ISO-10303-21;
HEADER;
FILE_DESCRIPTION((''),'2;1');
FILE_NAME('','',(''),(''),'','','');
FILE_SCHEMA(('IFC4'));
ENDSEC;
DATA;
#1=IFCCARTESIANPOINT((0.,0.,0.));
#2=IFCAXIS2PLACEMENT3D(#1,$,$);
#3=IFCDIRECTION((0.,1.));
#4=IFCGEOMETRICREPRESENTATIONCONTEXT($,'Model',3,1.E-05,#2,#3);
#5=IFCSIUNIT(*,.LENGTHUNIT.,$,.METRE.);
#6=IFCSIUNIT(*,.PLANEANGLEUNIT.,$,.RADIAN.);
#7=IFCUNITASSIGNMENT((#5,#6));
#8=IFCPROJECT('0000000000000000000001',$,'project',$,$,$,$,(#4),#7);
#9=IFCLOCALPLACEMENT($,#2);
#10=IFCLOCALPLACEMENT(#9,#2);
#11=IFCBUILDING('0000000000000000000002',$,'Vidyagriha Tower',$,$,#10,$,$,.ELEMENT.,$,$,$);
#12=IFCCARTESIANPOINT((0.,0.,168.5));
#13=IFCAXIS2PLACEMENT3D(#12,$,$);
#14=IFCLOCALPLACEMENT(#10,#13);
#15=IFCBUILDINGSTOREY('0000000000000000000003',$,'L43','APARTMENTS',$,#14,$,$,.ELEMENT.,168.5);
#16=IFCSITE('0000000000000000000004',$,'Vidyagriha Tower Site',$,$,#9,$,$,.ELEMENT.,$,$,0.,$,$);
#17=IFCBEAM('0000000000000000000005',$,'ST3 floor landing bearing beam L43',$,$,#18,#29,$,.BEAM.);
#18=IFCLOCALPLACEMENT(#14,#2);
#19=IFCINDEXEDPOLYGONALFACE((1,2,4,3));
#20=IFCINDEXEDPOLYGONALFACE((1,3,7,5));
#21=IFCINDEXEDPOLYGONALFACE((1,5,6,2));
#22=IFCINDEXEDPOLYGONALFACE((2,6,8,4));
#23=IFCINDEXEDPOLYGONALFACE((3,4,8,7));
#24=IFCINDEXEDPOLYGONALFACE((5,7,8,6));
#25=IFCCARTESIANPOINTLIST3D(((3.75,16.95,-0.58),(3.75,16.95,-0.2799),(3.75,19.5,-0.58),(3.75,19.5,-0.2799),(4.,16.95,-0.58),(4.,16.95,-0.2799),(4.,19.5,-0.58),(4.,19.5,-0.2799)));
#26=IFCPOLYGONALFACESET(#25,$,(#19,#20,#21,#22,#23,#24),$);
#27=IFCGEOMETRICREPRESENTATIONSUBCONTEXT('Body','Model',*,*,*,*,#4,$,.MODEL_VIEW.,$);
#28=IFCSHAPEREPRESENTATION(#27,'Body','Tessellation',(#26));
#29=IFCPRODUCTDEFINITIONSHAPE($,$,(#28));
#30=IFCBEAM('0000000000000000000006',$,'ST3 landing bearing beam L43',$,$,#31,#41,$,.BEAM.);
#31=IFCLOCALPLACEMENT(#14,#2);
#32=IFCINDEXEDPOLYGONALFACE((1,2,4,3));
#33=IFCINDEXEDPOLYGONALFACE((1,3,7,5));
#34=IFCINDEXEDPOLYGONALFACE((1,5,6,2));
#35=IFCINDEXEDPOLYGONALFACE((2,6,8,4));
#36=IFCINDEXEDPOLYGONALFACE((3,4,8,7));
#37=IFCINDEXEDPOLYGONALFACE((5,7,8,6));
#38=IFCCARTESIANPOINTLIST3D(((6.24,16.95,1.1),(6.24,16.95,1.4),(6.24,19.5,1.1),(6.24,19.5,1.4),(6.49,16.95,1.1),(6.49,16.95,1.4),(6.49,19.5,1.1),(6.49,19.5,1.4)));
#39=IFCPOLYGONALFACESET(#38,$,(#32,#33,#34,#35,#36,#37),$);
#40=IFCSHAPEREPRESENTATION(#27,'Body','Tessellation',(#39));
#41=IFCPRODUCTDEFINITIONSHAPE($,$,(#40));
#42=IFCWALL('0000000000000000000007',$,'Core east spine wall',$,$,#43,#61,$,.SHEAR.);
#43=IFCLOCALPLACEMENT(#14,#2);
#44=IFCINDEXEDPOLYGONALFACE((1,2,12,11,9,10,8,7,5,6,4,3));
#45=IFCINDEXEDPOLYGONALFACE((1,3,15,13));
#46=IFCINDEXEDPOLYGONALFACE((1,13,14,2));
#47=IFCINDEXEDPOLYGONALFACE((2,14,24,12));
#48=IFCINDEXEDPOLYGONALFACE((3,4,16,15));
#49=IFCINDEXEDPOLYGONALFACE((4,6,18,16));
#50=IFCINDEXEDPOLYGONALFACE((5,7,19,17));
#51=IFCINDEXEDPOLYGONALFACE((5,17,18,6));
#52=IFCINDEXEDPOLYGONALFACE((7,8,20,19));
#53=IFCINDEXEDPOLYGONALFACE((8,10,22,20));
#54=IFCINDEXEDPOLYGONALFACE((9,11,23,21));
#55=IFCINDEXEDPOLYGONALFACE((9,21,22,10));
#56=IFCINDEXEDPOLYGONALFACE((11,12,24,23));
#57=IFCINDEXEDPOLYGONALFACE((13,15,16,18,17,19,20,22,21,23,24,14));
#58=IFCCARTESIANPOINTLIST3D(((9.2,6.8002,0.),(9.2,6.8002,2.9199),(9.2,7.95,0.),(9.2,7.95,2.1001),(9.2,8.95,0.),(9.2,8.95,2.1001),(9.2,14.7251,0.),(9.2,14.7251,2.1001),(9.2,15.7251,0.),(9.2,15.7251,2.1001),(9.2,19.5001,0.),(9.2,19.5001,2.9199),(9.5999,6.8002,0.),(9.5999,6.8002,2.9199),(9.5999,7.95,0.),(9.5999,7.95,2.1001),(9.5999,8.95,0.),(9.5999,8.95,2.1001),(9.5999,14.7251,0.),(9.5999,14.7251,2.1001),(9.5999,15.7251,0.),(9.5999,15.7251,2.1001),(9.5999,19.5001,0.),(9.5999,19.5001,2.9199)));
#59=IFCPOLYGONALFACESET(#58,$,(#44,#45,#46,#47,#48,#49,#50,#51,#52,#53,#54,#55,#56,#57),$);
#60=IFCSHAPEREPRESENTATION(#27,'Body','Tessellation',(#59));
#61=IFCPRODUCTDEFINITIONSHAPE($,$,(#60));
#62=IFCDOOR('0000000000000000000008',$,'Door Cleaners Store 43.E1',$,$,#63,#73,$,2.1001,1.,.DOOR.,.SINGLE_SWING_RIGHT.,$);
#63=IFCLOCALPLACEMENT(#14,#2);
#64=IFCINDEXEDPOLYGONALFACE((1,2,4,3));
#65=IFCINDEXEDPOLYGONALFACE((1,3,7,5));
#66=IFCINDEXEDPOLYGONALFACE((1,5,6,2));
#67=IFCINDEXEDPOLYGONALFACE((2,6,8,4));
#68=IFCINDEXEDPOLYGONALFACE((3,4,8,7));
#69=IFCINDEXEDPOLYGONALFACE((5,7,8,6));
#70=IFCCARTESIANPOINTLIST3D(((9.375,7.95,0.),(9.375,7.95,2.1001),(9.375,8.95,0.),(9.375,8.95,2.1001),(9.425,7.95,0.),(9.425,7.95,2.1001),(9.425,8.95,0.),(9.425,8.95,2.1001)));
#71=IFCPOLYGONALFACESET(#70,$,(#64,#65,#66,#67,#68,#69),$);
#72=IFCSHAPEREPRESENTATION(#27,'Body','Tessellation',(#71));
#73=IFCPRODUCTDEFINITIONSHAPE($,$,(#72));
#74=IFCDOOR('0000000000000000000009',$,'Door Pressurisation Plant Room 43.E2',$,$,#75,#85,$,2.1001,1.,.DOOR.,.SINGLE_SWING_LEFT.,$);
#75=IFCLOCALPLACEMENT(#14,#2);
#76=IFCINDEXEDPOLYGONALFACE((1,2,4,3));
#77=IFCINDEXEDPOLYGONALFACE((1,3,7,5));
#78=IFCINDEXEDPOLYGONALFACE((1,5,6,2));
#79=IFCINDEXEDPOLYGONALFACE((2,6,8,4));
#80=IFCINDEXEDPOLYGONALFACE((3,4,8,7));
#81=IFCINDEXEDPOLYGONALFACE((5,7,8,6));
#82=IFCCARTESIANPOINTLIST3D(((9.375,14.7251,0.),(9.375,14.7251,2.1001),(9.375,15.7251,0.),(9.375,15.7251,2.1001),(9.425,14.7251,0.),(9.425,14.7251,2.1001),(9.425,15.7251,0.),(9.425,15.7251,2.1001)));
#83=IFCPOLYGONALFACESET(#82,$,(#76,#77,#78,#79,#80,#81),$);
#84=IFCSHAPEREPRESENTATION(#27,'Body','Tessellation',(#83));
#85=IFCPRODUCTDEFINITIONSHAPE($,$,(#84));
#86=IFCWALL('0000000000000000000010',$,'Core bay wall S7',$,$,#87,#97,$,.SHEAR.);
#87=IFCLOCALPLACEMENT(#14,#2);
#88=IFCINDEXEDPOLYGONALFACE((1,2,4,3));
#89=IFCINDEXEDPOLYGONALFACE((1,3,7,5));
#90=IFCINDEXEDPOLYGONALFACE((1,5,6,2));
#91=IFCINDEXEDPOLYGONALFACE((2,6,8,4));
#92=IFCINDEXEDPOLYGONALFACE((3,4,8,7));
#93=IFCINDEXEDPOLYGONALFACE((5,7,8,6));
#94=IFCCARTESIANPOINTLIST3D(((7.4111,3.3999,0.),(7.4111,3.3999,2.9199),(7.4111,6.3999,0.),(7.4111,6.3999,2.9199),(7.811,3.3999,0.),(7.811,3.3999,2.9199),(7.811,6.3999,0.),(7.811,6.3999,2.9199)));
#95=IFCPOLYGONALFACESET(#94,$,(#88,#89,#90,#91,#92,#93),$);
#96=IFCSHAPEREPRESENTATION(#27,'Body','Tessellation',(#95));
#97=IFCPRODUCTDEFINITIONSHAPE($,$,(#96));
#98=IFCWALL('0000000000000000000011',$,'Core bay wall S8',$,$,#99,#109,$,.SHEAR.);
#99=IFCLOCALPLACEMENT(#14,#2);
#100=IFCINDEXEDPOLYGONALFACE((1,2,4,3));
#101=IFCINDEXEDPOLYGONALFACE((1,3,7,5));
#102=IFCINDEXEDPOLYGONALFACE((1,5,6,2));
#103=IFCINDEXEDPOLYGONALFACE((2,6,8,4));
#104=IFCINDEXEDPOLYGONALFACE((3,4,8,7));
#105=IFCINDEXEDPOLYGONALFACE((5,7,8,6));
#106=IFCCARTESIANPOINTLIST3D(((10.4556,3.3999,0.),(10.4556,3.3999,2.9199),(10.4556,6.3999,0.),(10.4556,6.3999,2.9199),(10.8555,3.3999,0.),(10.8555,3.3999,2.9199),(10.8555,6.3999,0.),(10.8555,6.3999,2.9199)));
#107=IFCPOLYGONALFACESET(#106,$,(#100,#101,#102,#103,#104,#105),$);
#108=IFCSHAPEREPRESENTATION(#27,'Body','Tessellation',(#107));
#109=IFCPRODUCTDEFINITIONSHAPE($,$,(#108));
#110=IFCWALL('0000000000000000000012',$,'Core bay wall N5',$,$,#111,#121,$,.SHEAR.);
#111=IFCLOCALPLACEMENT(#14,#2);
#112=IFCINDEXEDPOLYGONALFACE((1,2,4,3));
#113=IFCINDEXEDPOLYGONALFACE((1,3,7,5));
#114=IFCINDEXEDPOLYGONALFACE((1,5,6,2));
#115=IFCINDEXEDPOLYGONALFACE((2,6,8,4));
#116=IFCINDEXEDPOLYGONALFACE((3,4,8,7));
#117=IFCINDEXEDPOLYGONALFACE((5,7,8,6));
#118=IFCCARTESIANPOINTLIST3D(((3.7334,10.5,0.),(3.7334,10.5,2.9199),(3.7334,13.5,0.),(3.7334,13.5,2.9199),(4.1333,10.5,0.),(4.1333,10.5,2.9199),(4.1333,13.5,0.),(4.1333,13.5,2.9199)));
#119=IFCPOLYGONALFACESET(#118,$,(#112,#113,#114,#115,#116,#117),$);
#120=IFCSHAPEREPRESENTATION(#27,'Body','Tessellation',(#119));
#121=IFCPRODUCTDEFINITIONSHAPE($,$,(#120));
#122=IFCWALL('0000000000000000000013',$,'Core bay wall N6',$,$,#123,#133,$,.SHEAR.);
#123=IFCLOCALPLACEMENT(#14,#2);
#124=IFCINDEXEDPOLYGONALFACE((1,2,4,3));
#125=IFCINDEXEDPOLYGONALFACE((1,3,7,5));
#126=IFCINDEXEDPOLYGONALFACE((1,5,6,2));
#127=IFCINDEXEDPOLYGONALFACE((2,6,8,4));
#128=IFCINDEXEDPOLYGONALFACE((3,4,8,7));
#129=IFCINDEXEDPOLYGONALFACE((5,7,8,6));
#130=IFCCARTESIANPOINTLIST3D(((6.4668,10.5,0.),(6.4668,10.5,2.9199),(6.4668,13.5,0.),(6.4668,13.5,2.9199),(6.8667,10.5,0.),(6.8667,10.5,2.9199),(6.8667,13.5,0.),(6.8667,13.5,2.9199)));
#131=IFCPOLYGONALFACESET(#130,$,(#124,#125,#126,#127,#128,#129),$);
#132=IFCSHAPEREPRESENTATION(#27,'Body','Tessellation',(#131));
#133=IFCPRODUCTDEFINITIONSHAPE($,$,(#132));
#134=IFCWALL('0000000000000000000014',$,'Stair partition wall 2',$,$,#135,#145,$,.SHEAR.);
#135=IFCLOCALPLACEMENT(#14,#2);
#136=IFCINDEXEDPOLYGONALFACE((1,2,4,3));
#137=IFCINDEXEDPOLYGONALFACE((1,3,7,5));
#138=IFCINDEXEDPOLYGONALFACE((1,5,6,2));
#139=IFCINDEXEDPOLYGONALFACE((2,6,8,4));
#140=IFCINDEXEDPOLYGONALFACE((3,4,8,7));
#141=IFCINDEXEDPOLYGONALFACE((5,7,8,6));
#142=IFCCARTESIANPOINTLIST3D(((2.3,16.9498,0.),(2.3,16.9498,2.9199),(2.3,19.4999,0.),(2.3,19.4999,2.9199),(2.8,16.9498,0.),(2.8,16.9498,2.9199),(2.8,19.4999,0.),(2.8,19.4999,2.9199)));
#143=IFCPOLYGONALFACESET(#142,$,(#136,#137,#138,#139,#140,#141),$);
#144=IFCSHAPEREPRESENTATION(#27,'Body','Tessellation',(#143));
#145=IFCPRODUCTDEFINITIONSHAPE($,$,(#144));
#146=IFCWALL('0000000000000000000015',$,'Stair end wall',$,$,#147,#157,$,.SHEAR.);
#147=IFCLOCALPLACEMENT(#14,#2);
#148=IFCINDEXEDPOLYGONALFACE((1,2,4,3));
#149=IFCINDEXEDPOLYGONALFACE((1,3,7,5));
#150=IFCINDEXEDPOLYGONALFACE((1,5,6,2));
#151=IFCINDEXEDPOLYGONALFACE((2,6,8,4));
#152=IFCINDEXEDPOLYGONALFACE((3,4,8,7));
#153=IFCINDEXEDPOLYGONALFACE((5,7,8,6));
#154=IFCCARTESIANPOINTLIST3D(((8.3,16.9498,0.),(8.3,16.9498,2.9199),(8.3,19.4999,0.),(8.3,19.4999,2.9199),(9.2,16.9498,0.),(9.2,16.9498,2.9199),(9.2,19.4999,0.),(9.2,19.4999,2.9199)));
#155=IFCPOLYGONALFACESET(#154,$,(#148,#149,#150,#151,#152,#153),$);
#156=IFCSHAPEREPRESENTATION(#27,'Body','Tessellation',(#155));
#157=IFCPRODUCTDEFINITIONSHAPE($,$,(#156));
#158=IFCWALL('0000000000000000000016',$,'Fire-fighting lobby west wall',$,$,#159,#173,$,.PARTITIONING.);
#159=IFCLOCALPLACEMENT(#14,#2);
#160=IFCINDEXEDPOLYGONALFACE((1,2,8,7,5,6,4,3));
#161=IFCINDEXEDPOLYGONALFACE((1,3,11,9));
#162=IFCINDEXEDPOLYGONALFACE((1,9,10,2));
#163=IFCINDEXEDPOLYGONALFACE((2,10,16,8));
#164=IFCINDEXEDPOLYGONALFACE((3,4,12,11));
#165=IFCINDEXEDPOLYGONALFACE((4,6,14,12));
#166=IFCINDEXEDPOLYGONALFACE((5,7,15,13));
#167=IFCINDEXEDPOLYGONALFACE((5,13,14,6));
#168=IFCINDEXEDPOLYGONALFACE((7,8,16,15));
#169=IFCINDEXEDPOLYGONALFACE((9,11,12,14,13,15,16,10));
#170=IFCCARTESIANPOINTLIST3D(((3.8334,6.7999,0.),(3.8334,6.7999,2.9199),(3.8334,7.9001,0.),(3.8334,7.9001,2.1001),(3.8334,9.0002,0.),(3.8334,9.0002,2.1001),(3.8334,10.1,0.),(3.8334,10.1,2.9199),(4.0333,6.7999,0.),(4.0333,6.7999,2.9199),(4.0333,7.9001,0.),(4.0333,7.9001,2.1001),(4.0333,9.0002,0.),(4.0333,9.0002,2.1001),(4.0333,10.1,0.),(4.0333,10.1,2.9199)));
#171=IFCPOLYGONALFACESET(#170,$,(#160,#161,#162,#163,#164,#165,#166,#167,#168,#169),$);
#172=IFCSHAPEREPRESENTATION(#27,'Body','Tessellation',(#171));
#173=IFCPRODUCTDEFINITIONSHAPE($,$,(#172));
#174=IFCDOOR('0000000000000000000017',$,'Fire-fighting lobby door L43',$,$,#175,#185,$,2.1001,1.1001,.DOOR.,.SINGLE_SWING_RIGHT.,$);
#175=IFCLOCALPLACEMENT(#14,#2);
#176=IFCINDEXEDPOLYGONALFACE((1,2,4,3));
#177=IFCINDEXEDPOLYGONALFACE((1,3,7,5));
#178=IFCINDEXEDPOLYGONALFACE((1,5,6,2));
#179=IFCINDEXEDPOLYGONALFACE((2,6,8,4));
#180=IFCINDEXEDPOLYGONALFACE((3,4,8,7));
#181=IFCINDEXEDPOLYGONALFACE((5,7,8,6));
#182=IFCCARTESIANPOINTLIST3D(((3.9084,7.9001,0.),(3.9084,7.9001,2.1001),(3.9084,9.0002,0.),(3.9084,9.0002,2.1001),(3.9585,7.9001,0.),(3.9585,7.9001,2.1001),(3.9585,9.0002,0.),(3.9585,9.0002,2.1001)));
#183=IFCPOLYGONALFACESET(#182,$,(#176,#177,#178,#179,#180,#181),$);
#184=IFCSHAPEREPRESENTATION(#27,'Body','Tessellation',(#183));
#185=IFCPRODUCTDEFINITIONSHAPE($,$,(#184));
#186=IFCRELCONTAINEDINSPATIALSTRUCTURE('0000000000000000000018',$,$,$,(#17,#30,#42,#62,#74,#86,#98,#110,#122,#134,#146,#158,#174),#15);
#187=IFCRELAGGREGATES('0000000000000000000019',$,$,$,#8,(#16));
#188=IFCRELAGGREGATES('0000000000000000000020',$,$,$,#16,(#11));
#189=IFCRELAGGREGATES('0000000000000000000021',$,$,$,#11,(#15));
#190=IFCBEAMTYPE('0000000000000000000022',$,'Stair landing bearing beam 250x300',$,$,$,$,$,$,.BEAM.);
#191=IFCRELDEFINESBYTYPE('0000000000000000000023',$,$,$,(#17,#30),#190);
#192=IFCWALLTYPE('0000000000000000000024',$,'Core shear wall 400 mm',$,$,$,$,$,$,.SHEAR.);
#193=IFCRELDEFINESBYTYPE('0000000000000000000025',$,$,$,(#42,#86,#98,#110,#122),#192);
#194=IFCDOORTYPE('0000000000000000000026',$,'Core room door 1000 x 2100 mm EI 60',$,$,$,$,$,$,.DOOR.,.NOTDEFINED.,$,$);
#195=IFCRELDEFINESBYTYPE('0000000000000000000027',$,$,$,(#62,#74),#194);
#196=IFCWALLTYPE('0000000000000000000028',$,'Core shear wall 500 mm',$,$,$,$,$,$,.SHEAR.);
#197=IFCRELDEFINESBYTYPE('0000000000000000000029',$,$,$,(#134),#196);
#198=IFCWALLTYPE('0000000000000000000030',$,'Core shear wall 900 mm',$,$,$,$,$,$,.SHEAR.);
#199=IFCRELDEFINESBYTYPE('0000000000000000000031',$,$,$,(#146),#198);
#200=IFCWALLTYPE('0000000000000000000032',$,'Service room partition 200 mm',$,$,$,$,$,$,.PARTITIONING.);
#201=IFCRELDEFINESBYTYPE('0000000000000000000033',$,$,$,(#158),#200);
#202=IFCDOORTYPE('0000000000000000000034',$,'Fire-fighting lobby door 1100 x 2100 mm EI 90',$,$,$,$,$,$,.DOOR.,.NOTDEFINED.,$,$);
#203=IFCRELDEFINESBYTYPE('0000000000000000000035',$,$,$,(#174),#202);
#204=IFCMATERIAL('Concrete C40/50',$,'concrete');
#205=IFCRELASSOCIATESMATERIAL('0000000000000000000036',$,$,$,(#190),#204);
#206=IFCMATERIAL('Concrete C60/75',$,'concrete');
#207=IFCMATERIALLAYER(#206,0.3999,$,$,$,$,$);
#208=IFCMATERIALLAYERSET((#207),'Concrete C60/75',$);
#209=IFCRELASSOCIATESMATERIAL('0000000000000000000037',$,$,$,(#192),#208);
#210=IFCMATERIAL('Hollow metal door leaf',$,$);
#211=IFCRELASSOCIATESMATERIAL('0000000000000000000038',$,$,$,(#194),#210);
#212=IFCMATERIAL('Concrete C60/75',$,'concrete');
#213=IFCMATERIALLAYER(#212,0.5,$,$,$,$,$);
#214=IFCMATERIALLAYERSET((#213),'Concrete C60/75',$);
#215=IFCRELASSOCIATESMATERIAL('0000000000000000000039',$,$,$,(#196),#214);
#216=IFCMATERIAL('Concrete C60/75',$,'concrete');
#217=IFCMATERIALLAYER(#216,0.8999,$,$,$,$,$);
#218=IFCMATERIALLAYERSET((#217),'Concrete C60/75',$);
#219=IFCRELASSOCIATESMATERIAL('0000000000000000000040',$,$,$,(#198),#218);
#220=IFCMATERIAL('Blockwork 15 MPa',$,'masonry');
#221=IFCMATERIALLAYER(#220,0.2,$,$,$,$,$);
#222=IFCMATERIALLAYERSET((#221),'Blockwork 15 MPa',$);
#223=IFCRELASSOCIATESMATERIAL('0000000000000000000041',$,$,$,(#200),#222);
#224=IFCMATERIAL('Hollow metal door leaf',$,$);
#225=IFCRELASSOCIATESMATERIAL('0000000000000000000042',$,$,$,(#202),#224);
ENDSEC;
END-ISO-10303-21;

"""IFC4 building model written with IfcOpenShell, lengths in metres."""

from ifc_helpers import new_model, si_unit, direction, frame, frame_2d, origin, origin_2d, place, context, subcontext, project, spatial, rectangle, extrude, material, layer, layer_set, material_profile, profile_set, type_object, element, fill, save


model = new_model("IFC4")

# Units and contexts
model_context = context("Model", 3, precision=1e-05, world=origin(), true_north=direction((0.0, 1.0)))
body_context = subcontext(model_context, "Body", "Model", "MODEL_VIEW")
ifc_project = project(units=[si_unit("LENGTHUNIT", "METRE"), si_unit("PLANEANGLEUNIT", "RADIAN")], contexts=[model_context])

# Site, building, storey
site_placement = place(None, origin())
site = spatial("IfcSite", under=ifc_project, at=site_placement, Name="Vidyagriha Tower Site", CompositionType="ELEMENT", RefElevation=0.0)
building_placement = place(site_placement, origin())
building = spatial("IfcBuilding", under=site, at=building_placement, Name="Vidyagriha Tower", CompositionType="ELEMENT")
storey_placement = place(building_placement, frame((0.0, 0.0, 168.5)))
storey = spatial("IfcBuildingStorey", under=building, at=storey_placement, Name="L43", Description="APARTMENTS", CompositionType="ELEMENT", Elevation=168.5)

# Beams
ifc_material_1 = material(Name="Concrete C40/50", Category="concrete")
ifc_material_profile = material_profile(ifc_material_1, rectangle(XDim=0.25, YDim=0.3, at=origin_2d()), Name="Stair landing bearing beam 250x300")
ifc_profile_set = profile_set([ifc_material_profile], Name="Concrete C40/50")
beam_type = type_object("IfcBeamType", Name="Stair landing bearing beam 250x300", PredefinedType="BEAM", material=ifc_profile_set)
for number, where, z_axis, x_axis, name in (
    (1, (3.875, 16.95, -0.4299), (0.0, 1.0, 0.0), (-1.0, 0.0, 0.0), "ST3 floor landing bearing beam L43"),
    (2, (6.365, 16.95, 1.25), (0.0, 1.0, 0.0), (-1.0, 0.0, 0.0), "ST3 landing bearing beam L43"),
):
    element("IfcBeam", number, at=place(storey_placement, frame(where, z_axis=z_axis, x_axis=x_axis)), inside=storey, type_object=beam_type, Name=name, PredefinedType="BEAM", context=body_context, shape_type="SweptSolid", body=[
        extrude(rectangle(XDim=0.25, YDim=0.3, at=origin_2d()), origin(), (0.0, 0.0, 1.0), 2.55),
    ])

# Wall, openings, doors
ifc_material_2 = material(Name="Concrete C60/75", Category="concrete")
ifc_layer_1 = layer(ifc_material_2, 0.3999)
ifc_layer_set_1 = layer_set([ifc_layer_1], Name="Concrete C60/75")
wall_type_1 = type_object("IfcWallType", Name="Core shear wall 400 mm", PredefinedType="SHEAR", material=ifc_layer_set_1)
wall_1_placement = place(storey_placement, frame((9.3999, 6.8, 0.0), z_axis=(0.0, 0.0, 1.0), x_axis=(0.0, 1.0, 0.0)))
wall_1 = element("IfcWall", 3, at=wall_1_placement, inside=storey, type_object=wall_type_1, Name="Core east spine wall", PredefinedType="SHEAR", context=body_context, shape_type="SweptSolid", body=[
    extrude(rectangle(XDim=12.7, YDim=0.3999, at=frame_2d((6.3501, 0.0))), origin(), (0.0, 0.0, 1.0), 2.9199),
])
opening_1_placement = place(wall_1_placement, frame((1.1499, 0.0, 0.0)))
opening_1 = element("IfcOpeningElement", 4, at=opening_1_placement, cuts=wall_1, PredefinedType="OPENING", context=body_context, shape_type="SweptSolid", body=[
    extrude(rectangle(XDim=1.0, YDim=2.1001, at=frame_2d((0.5, 1.05))), frame((0.0, 0.21, 0.0), z_axis=(0.0, -1.0, 0.0), x_axis=(1.0, 0.0, 0.0)), (0.0, 0.0, 1.0), 0.4199),
])
opening_2_placement = place(wall_1_placement, frame((7.925, 0.0, 0.0)))
opening_2 = element("IfcOpeningElement", 5, at=opening_2_placement, cuts=wall_1, PredefinedType="OPENING", context=body_context, shape_type="SweptSolid", body=[
    extrude(rectangle(XDim=1.0, YDim=2.1001, at=frame_2d((0.5, 1.05))), frame((0.0, 0.21, 0.0), z_axis=(0.0, -1.0, 0.0), x_axis=(1.0, 0.0, 0.0)), (0.0, 0.0, 1.0), 0.4199),
])
ifc_material_3 = material(Name="Hollow metal door leaf")
door_type_1 = type_object("IfcDoorType", Name="Core room door 1000 x 2100 mm EI 60", OperationType="NOTDEFINED", PredefinedType="DOOR", material=ifc_material_3)
door_1_placement = place(opening_1_placement, origin())
door_1 = element("IfcDoor", 6, at=door_1_placement, inside=storey, type_object=door_type_1, Name="Door Cleaners Store 43.E1", OperationType="SINGLE_SWING_RIGHT", OverallHeight=2.1001, OverallWidth=1.0, PredefinedType="DOOR", context=body_context, shape_type="SweptSolid", body=[
    extrude(rectangle(XDim=1.0, YDim=2.1001, at=frame_2d((0.5, 1.05))), frame((0.0, 0.0249, 0.0), z_axis=(0.0, -1.0, 0.0), x_axis=(1.0, 0.0, 0.0)), (0.0, 0.0, 1.0), 0.05),
])
fill(opening_1, door_1)
door_2_placement = place(opening_2_placement, origin())
door_2 = element("IfcDoor", 7, at=door_2_placement, inside=storey, type_object=door_type_1, Name="Door Pressurisation Plant Room 43.E2", OperationType="SINGLE_SWING_LEFT", OverallHeight=2.1001, OverallWidth=1.0, PredefinedType="DOOR", context=body_context, shape_type="SweptSolid", body=[
    extrude(rectangle(XDim=1.0, YDim=2.1001, at=frame_2d((0.5, 1.05))), frame((0.0, 0.0249, 0.0), z_axis=(0.0, -1.0, 0.0), x_axis=(1.0, 0.0, 0.0)), (0.0, 0.0, 1.0), 0.05),
])
fill(opening_2, door_2)

# Walls
for number, where, z_axis, x_axis, name in (
    (8, (7.6111, 3.3999, 0.0), (0.0, 0.0, 1.0), (0.0, 1.0, 0.0), "Core bay wall S7"),
    (9, (10.6555, 3.3999, 0.0), (0.0, 0.0, 1.0), (0.0, 1.0, 0.0), "Core bay wall S8"),
    (10, (3.9333, 10.5, 0.0), (0.0, 0.0, 1.0), (0.0, 1.0, 0.0), "Core bay wall N5"),
    (11, (6.6667, 10.5, 0.0), (0.0, 0.0, 1.0), (0.0, 1.0, 0.0), "Core bay wall N6"),
):
    element("IfcWall", number, at=place(storey_placement, frame(where, z_axis=z_axis, x_axis=x_axis)), inside=storey, type_object=wall_type_1, Name=name, PredefinedType="SHEAR", context=body_context, shape_type="SweptSolid", body=[
        extrude(rectangle(XDim=3.0, YDim=0.3999, at=frame_2d((1.5, 0.0))), origin(), (0.0, 0.0, 1.0), 2.9199),
    ])
ifc_material_4 = material(Name="Concrete C60/75", Category="concrete")
ifc_layer_2 = layer(ifc_material_4, 0.5)
ifc_layer_set_2 = layer_set([ifc_layer_2], Name="Concrete C60/75")
wall_type_2 = type_object("IfcWallType", Name="Core shear wall 500 mm", PredefinedType="SHEAR", material=ifc_layer_set_2)
wall_2_placement = place(storey_placement, frame((2.55, 16.95, 0.0), z_axis=(0.0, 0.0, 1.0), x_axis=(0.0, 1.0, 0.0)))
element("IfcWall", 12, at=wall_2_placement, inside=storey, type_object=wall_type_2, Name="Stair partition wall 2", PredefinedType="SHEAR", context=body_context, shape_type="SweptSolid", body=[
    extrude(rectangle(XDim=2.55, YDim=0.5, at=frame_2d((1.2749, 0.0))), origin(), (0.0, 0.0, 1.0), 2.9199),
])
ifc_material_5 = material(Name="Concrete C60/75", Category="concrete")
ifc_layer_3 = layer(ifc_material_5, 0.8999)
ifc_layer_set_3 = layer_set([ifc_layer_3], Name="Concrete C60/75")
wall_type_3 = type_object("IfcWallType", Name="Core shear wall 900 mm", PredefinedType="SHEAR", material=ifc_layer_set_3)
wall_3_placement = place(storey_placement, frame((8.75, 16.95, 0.0), z_axis=(0.0, 0.0, 1.0), x_axis=(0.0, 1.0, 0.0)))
element("IfcWall", 13, at=wall_3_placement, inside=storey, type_object=wall_type_3, Name="Stair end wall", PredefinedType="SHEAR", context=body_context, shape_type="SweptSolid", body=[
    extrude(rectangle(XDim=2.55, YDim=0.8999, at=frame_2d((1.2749, 0.0))), origin(), (0.0, 0.0, 1.0), 2.9199),
])

# Wall, opening, door
ifc_material_6 = material(Name="Blockwork 15 MPa", Category="masonry")
ifc_layer_4 = layer(ifc_material_6, 0.2)
ifc_layer_set_4 = layer_set([ifc_layer_4], Name="Blockwork 15 MPa")
wall_type_4 = type_object("IfcWallType", Name="Service room partition 200 mm", PredefinedType="PARTITIONING", material=ifc_layer_set_4)
wall_4_placement = place(storey_placement, frame((3.9333, 6.8, 0.0), z_axis=(0.0, 0.0, 1.0), x_axis=(0.0, 1.0, 0.0)))
wall_4 = element("IfcWall", 14, at=wall_4_placement, inside=storey, type_object=wall_type_4, Name="Fire-fighting lobby west wall", PredefinedType="PARTITIONING", context=body_context, shape_type="SweptSolid", body=[
    extrude(rectangle(XDim=3.3, YDim=0.2, at=frame_2d((1.6499, 0.0))), origin(), (0.0, 0.0, 1.0), 2.9199),
])
opening_3_placement = place(wall_4_placement, frame((1.1001, 0.0, 0.0)))
opening_3 = element("IfcOpeningElement", 15, at=opening_3_placement, cuts=wall_4, PredefinedType="OPENING", context=body_context, shape_type="SweptSolid", body=[
    extrude(rectangle(XDim=1.1001, YDim=2.1001, at=frame_2d((0.55, 1.05))), frame((0.0, 0.1099, 0.0), z_axis=(0.0, -1.0, 0.0), x_axis=(1.0, 0.0, 0.0)), (0.0, 0.0, 1.0), 0.22),
])
ifc_material_7 = material(Name="Hollow metal door leaf")
door_type_2 = type_object("IfcDoorType", Name="Fire-fighting lobby door 1100 x 2100 mm EI 90", OperationType="NOTDEFINED", PredefinedType="DOOR", material=ifc_material_7)
door_3_placement = place(opening_3_placement, origin())
door_3 = element("IfcDoor", 16, at=door_3_placement, inside=storey, type_object=door_type_2, Name="Fire-fighting lobby door L43", OperationType="SINGLE_SWING_RIGHT", OverallHeight=2.1001, OverallWidth=1.1001, PredefinedType="DOOR", context=body_context, shape_type="SweptSolid", body=[
    extrude(rectangle(XDim=1.1001, YDim=2.1001, at=frame_2d((0.55, 1.05))), frame((0.0, 0.0249, 0.0), z_axis=(0.0, -1.0, 0.0), x_axis=(1.0, 0.0, 0.0)), (0.0, 0.0, 1.0), 0.05),
])
fill(opening_3, door_3)

save(model, "model.ifc")
